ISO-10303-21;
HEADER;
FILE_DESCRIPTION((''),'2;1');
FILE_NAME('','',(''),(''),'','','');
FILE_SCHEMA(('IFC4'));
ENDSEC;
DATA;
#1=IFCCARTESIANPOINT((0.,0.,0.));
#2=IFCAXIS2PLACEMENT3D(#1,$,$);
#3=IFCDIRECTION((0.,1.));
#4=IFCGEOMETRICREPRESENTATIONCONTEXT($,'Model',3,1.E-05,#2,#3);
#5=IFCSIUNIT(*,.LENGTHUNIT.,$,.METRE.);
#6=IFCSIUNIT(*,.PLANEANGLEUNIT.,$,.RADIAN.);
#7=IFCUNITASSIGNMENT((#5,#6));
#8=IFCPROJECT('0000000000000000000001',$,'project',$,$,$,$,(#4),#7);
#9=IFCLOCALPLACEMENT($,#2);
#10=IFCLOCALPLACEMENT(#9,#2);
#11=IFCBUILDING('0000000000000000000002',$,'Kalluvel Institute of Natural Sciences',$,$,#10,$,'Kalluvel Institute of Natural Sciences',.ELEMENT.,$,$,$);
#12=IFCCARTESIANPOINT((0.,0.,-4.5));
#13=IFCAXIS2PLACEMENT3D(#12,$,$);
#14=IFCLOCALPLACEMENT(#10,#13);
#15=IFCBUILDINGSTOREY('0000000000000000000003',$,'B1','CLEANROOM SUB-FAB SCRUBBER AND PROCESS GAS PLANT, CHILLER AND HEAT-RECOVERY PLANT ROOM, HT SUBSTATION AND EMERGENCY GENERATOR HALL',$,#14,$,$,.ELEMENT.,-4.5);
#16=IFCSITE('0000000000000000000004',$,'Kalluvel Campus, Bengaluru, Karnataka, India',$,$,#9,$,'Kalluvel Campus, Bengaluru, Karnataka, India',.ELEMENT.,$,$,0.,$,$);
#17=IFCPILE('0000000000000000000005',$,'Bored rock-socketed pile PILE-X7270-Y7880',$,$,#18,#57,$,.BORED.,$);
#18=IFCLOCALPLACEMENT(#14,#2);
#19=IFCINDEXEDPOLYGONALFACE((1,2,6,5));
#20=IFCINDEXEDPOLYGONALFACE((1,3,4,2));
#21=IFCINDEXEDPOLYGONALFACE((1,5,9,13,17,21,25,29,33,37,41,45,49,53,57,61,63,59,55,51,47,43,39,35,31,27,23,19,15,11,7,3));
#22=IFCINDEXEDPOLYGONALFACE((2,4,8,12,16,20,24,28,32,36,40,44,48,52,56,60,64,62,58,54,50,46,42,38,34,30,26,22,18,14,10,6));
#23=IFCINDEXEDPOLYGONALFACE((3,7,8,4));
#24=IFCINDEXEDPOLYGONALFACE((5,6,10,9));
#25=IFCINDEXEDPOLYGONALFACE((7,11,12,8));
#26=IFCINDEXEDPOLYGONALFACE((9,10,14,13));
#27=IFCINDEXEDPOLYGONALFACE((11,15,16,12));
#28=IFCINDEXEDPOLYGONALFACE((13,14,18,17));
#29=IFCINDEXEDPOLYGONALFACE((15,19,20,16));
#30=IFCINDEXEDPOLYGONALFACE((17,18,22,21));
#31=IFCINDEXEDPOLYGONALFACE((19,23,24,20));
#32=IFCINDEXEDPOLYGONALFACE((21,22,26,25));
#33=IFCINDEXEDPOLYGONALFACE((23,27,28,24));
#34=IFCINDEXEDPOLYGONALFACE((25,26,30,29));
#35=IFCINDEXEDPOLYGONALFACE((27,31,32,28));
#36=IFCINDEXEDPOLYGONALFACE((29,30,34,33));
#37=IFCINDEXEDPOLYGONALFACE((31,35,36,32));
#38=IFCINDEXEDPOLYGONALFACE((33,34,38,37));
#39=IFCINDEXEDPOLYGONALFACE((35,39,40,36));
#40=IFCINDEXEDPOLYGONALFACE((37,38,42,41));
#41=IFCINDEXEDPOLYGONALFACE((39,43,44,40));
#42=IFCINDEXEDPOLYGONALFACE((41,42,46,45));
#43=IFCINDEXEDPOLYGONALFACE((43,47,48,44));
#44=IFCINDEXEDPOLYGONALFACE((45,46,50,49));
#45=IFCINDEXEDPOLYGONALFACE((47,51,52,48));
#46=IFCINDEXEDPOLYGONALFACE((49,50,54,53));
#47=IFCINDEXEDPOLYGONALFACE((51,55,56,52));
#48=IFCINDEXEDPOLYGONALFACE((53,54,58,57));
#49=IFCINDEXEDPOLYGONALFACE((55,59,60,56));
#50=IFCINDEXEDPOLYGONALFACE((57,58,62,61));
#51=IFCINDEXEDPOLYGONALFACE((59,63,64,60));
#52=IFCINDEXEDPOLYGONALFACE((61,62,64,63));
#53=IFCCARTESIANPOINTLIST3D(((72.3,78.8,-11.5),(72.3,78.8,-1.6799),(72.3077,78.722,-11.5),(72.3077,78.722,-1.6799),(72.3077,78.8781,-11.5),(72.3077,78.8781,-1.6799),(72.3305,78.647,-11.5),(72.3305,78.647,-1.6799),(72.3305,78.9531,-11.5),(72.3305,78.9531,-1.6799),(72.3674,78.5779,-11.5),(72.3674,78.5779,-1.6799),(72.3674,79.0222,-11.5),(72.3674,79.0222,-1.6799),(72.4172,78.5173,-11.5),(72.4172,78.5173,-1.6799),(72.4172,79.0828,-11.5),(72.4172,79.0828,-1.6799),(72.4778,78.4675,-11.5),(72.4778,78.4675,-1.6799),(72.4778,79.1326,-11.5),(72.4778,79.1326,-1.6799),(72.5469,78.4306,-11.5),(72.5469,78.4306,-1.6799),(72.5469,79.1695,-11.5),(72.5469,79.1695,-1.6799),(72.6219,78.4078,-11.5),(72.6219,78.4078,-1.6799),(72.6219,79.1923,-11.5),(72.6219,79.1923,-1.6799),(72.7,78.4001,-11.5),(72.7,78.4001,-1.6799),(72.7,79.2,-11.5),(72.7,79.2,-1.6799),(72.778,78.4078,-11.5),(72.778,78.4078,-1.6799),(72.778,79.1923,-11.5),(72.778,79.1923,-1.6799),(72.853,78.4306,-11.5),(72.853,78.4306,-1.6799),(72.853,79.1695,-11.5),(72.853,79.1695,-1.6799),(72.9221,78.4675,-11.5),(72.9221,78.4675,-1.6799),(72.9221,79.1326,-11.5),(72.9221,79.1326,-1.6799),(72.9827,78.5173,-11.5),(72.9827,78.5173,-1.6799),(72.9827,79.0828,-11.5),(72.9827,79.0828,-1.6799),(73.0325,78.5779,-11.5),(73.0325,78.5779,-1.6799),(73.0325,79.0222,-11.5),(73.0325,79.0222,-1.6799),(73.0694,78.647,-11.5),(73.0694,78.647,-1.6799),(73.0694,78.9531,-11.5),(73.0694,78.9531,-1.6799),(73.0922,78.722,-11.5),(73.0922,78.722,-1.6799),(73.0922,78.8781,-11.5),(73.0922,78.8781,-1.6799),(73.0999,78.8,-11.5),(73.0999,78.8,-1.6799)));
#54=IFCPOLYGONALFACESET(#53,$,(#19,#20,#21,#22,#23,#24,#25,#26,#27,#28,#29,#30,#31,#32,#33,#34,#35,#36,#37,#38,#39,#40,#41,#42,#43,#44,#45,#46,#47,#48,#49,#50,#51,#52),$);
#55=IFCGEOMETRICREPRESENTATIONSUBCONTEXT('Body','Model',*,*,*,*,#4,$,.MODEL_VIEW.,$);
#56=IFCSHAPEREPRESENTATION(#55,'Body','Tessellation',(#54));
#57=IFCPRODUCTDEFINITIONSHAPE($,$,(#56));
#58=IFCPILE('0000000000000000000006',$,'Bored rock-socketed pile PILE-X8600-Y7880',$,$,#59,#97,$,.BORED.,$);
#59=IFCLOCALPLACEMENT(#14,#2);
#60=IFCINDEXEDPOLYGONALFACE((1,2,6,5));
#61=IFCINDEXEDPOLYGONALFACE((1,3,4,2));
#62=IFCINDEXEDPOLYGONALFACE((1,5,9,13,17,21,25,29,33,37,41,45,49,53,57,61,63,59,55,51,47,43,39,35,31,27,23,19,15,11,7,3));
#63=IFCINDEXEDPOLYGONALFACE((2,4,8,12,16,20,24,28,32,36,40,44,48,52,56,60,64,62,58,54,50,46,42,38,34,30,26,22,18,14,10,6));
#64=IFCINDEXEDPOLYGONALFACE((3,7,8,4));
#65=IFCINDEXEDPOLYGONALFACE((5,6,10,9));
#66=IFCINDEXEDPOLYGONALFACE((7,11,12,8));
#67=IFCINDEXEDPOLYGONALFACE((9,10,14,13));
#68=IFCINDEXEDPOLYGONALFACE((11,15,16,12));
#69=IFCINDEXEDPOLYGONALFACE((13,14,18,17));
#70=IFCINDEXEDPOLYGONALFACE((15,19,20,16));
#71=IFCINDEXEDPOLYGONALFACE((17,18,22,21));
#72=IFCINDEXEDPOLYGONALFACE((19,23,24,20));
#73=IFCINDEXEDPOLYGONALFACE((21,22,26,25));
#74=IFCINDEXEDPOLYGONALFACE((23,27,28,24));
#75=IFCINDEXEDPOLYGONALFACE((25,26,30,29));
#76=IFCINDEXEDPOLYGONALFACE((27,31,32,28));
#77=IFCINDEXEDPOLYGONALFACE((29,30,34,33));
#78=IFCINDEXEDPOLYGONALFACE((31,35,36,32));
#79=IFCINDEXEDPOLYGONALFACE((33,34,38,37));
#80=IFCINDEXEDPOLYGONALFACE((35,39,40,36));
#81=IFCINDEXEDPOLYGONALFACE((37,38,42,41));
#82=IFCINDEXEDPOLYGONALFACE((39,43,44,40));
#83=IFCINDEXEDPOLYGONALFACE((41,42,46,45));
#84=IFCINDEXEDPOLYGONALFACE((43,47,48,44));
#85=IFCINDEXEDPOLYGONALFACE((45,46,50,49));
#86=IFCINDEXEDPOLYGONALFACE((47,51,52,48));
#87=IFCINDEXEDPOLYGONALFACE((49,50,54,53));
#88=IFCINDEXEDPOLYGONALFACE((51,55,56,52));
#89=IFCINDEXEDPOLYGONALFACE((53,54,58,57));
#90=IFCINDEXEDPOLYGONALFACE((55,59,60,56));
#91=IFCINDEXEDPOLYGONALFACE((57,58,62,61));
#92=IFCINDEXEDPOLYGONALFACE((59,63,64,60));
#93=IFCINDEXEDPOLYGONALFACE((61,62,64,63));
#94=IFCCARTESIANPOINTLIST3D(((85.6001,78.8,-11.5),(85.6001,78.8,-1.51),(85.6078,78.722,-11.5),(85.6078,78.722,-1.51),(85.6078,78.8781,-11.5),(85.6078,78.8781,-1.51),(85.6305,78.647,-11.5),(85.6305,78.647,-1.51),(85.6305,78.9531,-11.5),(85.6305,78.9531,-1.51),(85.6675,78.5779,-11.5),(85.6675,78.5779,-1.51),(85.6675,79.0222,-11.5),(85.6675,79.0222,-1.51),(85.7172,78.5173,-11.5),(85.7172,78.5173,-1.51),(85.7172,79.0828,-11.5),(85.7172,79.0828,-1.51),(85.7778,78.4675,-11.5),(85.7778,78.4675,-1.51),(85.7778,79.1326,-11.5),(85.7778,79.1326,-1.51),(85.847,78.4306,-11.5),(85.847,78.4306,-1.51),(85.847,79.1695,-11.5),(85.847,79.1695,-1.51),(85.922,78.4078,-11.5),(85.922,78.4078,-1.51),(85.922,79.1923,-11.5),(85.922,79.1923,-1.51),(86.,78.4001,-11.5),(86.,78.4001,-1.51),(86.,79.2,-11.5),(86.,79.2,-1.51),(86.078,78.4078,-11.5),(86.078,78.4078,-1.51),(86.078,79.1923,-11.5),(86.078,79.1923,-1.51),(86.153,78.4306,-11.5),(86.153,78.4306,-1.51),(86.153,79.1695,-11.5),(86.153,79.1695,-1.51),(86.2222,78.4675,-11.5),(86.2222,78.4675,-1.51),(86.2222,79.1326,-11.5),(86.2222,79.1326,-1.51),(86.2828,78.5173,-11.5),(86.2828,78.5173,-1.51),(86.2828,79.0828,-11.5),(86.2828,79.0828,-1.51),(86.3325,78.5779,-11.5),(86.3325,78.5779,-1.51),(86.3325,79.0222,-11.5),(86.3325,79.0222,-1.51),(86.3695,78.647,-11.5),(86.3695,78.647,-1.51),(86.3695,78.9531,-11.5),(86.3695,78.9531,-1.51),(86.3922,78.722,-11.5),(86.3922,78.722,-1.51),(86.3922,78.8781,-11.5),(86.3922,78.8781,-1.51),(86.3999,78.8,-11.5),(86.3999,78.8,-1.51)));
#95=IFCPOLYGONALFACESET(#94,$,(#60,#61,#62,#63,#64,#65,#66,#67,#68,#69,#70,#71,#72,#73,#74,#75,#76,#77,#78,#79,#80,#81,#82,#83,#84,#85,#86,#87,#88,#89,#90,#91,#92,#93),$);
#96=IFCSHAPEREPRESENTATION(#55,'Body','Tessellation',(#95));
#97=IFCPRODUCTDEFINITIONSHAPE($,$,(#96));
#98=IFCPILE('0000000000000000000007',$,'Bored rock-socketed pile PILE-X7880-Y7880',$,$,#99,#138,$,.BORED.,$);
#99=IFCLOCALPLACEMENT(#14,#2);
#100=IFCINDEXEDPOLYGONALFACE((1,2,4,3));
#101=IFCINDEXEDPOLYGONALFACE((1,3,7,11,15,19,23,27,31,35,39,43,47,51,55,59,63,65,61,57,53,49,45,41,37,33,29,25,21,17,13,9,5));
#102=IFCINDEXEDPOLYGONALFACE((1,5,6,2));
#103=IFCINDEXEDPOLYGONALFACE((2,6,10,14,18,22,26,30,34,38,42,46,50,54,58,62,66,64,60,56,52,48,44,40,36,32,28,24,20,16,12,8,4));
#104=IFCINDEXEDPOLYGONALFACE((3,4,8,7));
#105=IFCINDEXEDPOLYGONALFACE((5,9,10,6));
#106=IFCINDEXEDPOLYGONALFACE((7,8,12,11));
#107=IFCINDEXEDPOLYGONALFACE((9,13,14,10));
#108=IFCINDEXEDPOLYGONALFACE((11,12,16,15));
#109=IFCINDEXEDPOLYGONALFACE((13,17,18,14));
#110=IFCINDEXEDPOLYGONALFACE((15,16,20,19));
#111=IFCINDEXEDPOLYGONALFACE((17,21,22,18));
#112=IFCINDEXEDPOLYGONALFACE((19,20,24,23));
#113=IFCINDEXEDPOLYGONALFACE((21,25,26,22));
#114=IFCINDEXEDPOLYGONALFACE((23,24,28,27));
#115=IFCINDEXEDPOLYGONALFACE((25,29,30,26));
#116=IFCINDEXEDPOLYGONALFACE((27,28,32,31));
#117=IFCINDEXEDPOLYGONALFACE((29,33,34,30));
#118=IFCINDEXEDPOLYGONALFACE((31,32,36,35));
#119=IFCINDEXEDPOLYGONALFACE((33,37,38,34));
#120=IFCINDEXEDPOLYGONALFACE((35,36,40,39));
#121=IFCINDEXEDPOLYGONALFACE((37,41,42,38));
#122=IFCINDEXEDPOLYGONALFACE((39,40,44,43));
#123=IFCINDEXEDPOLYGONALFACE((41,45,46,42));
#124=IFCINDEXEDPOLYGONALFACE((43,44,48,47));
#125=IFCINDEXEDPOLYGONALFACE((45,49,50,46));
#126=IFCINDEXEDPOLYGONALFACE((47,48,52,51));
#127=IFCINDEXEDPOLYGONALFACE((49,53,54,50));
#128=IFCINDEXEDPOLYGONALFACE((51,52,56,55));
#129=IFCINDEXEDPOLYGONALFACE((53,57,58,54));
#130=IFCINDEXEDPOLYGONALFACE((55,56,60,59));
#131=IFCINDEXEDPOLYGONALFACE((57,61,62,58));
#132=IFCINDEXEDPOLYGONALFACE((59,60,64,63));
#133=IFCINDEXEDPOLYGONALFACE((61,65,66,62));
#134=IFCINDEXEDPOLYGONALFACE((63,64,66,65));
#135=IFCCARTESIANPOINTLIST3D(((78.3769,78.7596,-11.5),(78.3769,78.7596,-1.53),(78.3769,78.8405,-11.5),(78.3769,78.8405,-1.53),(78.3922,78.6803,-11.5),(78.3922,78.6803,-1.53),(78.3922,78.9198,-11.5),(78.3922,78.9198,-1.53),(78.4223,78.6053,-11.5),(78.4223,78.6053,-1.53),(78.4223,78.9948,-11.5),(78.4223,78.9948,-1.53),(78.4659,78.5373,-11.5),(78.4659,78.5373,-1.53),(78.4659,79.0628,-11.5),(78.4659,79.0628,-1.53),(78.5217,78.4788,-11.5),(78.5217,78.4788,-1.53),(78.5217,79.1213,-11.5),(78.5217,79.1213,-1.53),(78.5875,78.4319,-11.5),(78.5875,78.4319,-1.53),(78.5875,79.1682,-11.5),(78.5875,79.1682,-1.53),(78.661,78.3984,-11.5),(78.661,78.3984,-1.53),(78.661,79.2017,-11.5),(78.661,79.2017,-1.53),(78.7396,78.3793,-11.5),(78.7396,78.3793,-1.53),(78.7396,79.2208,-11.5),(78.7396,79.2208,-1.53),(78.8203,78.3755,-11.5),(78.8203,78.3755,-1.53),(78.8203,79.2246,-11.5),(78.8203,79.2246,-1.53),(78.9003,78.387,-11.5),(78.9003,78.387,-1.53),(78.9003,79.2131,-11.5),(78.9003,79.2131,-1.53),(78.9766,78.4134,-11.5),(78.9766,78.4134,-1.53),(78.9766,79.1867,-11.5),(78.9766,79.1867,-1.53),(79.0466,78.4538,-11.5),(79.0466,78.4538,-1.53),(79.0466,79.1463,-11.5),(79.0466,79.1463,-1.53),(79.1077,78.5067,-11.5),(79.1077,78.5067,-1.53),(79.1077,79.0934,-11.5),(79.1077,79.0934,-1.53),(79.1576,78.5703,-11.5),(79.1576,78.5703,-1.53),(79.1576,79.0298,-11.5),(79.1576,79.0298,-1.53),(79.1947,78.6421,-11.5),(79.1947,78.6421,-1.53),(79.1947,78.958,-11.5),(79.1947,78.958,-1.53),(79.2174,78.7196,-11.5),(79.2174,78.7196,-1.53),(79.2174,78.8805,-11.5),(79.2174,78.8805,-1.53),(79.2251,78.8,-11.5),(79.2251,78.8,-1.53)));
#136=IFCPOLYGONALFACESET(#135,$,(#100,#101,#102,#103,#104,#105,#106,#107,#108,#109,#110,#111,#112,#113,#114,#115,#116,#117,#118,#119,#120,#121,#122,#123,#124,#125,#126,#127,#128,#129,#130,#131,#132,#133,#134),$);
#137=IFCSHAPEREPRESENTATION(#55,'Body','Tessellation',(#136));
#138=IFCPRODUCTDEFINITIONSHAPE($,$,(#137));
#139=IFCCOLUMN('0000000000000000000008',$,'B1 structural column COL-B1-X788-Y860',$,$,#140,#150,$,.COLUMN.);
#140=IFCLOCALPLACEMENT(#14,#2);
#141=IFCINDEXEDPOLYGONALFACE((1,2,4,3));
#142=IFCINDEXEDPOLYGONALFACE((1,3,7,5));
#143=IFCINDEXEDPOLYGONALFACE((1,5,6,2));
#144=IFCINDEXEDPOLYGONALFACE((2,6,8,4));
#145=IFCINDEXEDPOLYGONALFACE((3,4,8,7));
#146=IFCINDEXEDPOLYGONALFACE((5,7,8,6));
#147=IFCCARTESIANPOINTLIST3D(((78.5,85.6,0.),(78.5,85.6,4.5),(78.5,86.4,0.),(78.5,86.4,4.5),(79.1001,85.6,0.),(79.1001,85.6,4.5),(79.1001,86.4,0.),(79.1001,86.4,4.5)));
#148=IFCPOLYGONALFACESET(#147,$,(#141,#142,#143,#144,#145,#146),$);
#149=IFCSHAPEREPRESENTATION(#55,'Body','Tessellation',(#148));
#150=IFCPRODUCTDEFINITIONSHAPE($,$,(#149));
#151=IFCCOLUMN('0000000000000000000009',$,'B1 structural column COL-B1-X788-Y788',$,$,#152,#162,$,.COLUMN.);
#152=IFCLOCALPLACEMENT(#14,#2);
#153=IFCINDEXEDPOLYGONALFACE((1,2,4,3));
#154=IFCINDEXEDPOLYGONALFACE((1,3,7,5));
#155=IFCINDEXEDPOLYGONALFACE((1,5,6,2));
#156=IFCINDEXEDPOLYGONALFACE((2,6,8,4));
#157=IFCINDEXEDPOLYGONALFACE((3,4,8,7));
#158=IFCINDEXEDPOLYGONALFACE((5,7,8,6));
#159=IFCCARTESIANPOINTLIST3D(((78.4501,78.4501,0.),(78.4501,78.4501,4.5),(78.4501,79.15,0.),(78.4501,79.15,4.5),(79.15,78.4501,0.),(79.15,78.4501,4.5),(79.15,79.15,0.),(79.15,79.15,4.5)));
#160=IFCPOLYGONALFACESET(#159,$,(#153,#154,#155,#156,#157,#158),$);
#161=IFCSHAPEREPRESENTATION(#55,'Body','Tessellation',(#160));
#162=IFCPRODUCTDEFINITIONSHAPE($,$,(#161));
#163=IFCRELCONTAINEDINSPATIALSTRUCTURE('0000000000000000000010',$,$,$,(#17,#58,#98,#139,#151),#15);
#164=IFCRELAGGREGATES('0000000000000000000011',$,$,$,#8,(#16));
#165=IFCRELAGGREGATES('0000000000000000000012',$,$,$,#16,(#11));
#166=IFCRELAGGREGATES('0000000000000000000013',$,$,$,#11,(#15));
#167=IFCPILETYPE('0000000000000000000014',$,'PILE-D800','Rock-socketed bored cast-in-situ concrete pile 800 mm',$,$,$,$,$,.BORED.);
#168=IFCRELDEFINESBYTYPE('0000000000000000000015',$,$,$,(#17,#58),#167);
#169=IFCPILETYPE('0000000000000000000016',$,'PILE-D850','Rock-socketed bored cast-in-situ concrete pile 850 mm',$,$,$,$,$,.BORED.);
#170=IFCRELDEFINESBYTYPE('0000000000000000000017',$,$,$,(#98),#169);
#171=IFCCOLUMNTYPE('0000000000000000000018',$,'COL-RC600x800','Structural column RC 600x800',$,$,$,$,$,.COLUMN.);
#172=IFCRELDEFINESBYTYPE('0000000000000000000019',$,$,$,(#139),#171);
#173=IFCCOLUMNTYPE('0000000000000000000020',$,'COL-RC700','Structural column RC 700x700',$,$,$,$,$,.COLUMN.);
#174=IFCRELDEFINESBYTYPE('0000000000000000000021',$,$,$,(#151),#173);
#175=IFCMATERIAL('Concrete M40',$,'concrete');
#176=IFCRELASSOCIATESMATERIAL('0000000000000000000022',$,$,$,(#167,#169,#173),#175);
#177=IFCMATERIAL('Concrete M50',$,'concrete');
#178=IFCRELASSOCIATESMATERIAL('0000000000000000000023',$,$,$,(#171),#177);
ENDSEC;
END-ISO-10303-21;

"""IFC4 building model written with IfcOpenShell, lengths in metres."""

from ifc_helpers import new_model, si_unit, direction, frame, origin, origin_2d, place, context, subcontext, project, spatial, rectangle, circle, extrude, material, material_profile, profile_set, type_object, element, save


model = new_model("IFC4")

# Units and contexts
model_context = context("Model", 3, precision=1e-05, world=origin(), true_north=direction((0.0, 1.0)))
body_context = subcontext(model_context, "Body", "Model", "MODEL_VIEW")
ifc_project = project(units=[si_unit("LENGTHUNIT", "METRE"), si_unit("PLANEANGLEUNIT", "RADIAN")], contexts=[model_context])

# Site, building, storey
site_placement = place(None, origin())
site = spatial("IfcSite", under=ifc_project, at=site_placement, Name="Kalluvel Campus, Bengaluru, Karnataka, India", LongName="Kalluvel Campus, Bengaluru, Karnataka, India", CompositionType="ELEMENT", RefElevation=0.0)
building_placement = place(site_placement, origin())
building = spatial("IfcBuilding", under=site, at=building_placement, Name="Kalluvel Institute of Natural Sciences", LongName="Kalluvel Institute of Natural Sciences", CompositionType="ELEMENT")
storey_placement = place(building_placement, frame((0.0, 0.0, -4.5)))
storey = spatial("IfcBuildingStorey", under=building, at=storey_placement, Name="B1", Description="CLEANROOM SUB-FAB SCRUBBER AND PROCESS GAS PLANT, CHILLER AND HEAT-RECOVERY PLANT ROOM, HT SUBSTATION AND EMERGENCY GENERATOR HALL", CompositionType="ELEMENT", Elevation=-4.5)

# Shared definitions
ifc_material_1 = material(Name="Concrete M40", Category="concrete")

# Piles
ifc_material_profile_1 = material_profile(ifc_material_1, circle(Radius=0.3999, at=origin_2d()), Name="PILE D800")
ifc_profile_set_1 = profile_set([ifc_material_profile_1], Name="Concrete M40")
pile_type_1 = type_object("IfcPileType", Name="PILE-D800", Description="Rock-socketed bored cast-in-situ concrete pile 800 mm", PredefinedType="BORED", material=ifc_profile_set_1)
pile_1_placement = place(storey_placement, frame((72.7, 78.8, -1.6799), z_axis=(0.0, 0.0, -1.0), x_axis=(1.0, 0.0, 0.0)))
element("IfcPile", 1, at=pile_1_placement, inside=storey, type_object=pile_type_1, Name="Bored rock-socketed pile PILE-X7270-Y7880", PredefinedType="BORED", context=body_context, shape_type="SweptSolid", body=[
    extrude(circle(Radius=0.3999, at=origin_2d()), origin(), (0.0, 0.0, 1.0), 9.8201),
])
pile_2_placement = place(storey_placement, frame((86.0, 78.8, -1.51), z_axis=(0.0, 0.0, -1.0), x_axis=(1.0, 0.0, 0.0)))
element("IfcPile", 2, at=pile_2_placement, inside=storey, type_object=pile_type_1, Name="Bored rock-socketed pile PILE-X8600-Y7880", PredefinedType="BORED", context=body_context, shape_type="SweptSolid", body=[
    extrude(circle(Radius=0.3999, at=origin_2d()), origin(), (0.0, 0.0, 1.0), 9.99),
])
ifc_material_profile_2 = material_profile(ifc_material_1, circle(Radius=0.425, at=origin_2d()), Name="PILE D850")
ifc_profile_set_2 = profile_set([ifc_material_profile_2], Name="Concrete M40")
pile_type_2 = type_object("IfcPileType", Name="PILE-D850", Description="Rock-socketed bored cast-in-situ concrete pile 850 mm", PredefinedType="BORED", material=ifc_profile_set_2)
pile_3_placement = place(storey_placement, frame((78.8, 78.8, -1.53), z_axis=(0.0, 0.0, -1.0), x_axis=(1.0, 0.0, 0.0)))
element("IfcPile", 3, at=pile_3_placement, inside=storey, type_object=pile_type_2, Name="Bored rock-socketed pile PILE-X7880-Y7880", PredefinedType="BORED", context=body_context, shape_type="SweptSolid", body=[
    extrude(circle(Radius=0.425, at=origin_2d()), origin(), (0.0, 0.0, 1.0), 9.97),
])

# Columns
ifc_material_2 = material(Name="Concrete M50", Category="concrete")
ifc_material_profile_3 = material_profile(ifc_material_2, rectangle(XDim=0.6001, YDim=0.8, at=origin_2d()), Name="RC 600x800")
ifc_profile_set_3 = profile_set([ifc_material_profile_3], Name="Concrete M50")
column_type_1 = type_object("IfcColumnType", Name="COL-RC600x800", Description="Structural column RC 600x800", PredefinedType="COLUMN", material=ifc_profile_set_3)
column_1_placement = place(storey_placement, frame((78.8, 86.0, 0.0), z_axis=(0.0, 0.0, 1.0), x_axis=(1.0, 0.0, 0.0)))
element("IfcColumn", 4, at=column_1_placement, inside=storey, type_object=column_type_1, Name="B1 structural column COL-B1-X788-Y860", PredefinedType="COLUMN", context=body_context, shape_type="SweptSolid", body=[
    extrude(rectangle(XDim=0.6001, YDim=0.8, at=origin_2d()), origin(), (0.0, 0.0, 1.0), 4.5),
])
ifc_material_profile_4 = material_profile(ifc_material_1, rectangle(XDim=0.7, YDim=0.7, at=origin_2d()), Name="RC 700x700")
ifc_profile_set_4 = profile_set([ifc_material_profile_4], Name="Concrete M40")
column_type_2 = type_object("IfcColumnType", Name="COL-RC700", Description="Structural column RC 700x700", PredefinedType="COLUMN", material=ifc_profile_set_4)
column_2_placement = place(storey_placement, frame((78.8, 78.8, 0.0), z_axis=(0.0, 0.0, 1.0), x_axis=(1.0, 0.0, 0.0)))
element("IfcColumn", 5, at=column_2_placement, inside=storey, type_object=column_type_2, Name="B1 structural column COL-B1-X788-Y788", PredefinedType="COLUMN", context=body_context, shape_type="SweptSolid", body=[
    extrude(rectangle(XDim=0.7, YDim=0.7, at=origin_2d()), origin(), (0.0, 0.0, 1.0), 4.5),
])

save(model, "model.ifc")
